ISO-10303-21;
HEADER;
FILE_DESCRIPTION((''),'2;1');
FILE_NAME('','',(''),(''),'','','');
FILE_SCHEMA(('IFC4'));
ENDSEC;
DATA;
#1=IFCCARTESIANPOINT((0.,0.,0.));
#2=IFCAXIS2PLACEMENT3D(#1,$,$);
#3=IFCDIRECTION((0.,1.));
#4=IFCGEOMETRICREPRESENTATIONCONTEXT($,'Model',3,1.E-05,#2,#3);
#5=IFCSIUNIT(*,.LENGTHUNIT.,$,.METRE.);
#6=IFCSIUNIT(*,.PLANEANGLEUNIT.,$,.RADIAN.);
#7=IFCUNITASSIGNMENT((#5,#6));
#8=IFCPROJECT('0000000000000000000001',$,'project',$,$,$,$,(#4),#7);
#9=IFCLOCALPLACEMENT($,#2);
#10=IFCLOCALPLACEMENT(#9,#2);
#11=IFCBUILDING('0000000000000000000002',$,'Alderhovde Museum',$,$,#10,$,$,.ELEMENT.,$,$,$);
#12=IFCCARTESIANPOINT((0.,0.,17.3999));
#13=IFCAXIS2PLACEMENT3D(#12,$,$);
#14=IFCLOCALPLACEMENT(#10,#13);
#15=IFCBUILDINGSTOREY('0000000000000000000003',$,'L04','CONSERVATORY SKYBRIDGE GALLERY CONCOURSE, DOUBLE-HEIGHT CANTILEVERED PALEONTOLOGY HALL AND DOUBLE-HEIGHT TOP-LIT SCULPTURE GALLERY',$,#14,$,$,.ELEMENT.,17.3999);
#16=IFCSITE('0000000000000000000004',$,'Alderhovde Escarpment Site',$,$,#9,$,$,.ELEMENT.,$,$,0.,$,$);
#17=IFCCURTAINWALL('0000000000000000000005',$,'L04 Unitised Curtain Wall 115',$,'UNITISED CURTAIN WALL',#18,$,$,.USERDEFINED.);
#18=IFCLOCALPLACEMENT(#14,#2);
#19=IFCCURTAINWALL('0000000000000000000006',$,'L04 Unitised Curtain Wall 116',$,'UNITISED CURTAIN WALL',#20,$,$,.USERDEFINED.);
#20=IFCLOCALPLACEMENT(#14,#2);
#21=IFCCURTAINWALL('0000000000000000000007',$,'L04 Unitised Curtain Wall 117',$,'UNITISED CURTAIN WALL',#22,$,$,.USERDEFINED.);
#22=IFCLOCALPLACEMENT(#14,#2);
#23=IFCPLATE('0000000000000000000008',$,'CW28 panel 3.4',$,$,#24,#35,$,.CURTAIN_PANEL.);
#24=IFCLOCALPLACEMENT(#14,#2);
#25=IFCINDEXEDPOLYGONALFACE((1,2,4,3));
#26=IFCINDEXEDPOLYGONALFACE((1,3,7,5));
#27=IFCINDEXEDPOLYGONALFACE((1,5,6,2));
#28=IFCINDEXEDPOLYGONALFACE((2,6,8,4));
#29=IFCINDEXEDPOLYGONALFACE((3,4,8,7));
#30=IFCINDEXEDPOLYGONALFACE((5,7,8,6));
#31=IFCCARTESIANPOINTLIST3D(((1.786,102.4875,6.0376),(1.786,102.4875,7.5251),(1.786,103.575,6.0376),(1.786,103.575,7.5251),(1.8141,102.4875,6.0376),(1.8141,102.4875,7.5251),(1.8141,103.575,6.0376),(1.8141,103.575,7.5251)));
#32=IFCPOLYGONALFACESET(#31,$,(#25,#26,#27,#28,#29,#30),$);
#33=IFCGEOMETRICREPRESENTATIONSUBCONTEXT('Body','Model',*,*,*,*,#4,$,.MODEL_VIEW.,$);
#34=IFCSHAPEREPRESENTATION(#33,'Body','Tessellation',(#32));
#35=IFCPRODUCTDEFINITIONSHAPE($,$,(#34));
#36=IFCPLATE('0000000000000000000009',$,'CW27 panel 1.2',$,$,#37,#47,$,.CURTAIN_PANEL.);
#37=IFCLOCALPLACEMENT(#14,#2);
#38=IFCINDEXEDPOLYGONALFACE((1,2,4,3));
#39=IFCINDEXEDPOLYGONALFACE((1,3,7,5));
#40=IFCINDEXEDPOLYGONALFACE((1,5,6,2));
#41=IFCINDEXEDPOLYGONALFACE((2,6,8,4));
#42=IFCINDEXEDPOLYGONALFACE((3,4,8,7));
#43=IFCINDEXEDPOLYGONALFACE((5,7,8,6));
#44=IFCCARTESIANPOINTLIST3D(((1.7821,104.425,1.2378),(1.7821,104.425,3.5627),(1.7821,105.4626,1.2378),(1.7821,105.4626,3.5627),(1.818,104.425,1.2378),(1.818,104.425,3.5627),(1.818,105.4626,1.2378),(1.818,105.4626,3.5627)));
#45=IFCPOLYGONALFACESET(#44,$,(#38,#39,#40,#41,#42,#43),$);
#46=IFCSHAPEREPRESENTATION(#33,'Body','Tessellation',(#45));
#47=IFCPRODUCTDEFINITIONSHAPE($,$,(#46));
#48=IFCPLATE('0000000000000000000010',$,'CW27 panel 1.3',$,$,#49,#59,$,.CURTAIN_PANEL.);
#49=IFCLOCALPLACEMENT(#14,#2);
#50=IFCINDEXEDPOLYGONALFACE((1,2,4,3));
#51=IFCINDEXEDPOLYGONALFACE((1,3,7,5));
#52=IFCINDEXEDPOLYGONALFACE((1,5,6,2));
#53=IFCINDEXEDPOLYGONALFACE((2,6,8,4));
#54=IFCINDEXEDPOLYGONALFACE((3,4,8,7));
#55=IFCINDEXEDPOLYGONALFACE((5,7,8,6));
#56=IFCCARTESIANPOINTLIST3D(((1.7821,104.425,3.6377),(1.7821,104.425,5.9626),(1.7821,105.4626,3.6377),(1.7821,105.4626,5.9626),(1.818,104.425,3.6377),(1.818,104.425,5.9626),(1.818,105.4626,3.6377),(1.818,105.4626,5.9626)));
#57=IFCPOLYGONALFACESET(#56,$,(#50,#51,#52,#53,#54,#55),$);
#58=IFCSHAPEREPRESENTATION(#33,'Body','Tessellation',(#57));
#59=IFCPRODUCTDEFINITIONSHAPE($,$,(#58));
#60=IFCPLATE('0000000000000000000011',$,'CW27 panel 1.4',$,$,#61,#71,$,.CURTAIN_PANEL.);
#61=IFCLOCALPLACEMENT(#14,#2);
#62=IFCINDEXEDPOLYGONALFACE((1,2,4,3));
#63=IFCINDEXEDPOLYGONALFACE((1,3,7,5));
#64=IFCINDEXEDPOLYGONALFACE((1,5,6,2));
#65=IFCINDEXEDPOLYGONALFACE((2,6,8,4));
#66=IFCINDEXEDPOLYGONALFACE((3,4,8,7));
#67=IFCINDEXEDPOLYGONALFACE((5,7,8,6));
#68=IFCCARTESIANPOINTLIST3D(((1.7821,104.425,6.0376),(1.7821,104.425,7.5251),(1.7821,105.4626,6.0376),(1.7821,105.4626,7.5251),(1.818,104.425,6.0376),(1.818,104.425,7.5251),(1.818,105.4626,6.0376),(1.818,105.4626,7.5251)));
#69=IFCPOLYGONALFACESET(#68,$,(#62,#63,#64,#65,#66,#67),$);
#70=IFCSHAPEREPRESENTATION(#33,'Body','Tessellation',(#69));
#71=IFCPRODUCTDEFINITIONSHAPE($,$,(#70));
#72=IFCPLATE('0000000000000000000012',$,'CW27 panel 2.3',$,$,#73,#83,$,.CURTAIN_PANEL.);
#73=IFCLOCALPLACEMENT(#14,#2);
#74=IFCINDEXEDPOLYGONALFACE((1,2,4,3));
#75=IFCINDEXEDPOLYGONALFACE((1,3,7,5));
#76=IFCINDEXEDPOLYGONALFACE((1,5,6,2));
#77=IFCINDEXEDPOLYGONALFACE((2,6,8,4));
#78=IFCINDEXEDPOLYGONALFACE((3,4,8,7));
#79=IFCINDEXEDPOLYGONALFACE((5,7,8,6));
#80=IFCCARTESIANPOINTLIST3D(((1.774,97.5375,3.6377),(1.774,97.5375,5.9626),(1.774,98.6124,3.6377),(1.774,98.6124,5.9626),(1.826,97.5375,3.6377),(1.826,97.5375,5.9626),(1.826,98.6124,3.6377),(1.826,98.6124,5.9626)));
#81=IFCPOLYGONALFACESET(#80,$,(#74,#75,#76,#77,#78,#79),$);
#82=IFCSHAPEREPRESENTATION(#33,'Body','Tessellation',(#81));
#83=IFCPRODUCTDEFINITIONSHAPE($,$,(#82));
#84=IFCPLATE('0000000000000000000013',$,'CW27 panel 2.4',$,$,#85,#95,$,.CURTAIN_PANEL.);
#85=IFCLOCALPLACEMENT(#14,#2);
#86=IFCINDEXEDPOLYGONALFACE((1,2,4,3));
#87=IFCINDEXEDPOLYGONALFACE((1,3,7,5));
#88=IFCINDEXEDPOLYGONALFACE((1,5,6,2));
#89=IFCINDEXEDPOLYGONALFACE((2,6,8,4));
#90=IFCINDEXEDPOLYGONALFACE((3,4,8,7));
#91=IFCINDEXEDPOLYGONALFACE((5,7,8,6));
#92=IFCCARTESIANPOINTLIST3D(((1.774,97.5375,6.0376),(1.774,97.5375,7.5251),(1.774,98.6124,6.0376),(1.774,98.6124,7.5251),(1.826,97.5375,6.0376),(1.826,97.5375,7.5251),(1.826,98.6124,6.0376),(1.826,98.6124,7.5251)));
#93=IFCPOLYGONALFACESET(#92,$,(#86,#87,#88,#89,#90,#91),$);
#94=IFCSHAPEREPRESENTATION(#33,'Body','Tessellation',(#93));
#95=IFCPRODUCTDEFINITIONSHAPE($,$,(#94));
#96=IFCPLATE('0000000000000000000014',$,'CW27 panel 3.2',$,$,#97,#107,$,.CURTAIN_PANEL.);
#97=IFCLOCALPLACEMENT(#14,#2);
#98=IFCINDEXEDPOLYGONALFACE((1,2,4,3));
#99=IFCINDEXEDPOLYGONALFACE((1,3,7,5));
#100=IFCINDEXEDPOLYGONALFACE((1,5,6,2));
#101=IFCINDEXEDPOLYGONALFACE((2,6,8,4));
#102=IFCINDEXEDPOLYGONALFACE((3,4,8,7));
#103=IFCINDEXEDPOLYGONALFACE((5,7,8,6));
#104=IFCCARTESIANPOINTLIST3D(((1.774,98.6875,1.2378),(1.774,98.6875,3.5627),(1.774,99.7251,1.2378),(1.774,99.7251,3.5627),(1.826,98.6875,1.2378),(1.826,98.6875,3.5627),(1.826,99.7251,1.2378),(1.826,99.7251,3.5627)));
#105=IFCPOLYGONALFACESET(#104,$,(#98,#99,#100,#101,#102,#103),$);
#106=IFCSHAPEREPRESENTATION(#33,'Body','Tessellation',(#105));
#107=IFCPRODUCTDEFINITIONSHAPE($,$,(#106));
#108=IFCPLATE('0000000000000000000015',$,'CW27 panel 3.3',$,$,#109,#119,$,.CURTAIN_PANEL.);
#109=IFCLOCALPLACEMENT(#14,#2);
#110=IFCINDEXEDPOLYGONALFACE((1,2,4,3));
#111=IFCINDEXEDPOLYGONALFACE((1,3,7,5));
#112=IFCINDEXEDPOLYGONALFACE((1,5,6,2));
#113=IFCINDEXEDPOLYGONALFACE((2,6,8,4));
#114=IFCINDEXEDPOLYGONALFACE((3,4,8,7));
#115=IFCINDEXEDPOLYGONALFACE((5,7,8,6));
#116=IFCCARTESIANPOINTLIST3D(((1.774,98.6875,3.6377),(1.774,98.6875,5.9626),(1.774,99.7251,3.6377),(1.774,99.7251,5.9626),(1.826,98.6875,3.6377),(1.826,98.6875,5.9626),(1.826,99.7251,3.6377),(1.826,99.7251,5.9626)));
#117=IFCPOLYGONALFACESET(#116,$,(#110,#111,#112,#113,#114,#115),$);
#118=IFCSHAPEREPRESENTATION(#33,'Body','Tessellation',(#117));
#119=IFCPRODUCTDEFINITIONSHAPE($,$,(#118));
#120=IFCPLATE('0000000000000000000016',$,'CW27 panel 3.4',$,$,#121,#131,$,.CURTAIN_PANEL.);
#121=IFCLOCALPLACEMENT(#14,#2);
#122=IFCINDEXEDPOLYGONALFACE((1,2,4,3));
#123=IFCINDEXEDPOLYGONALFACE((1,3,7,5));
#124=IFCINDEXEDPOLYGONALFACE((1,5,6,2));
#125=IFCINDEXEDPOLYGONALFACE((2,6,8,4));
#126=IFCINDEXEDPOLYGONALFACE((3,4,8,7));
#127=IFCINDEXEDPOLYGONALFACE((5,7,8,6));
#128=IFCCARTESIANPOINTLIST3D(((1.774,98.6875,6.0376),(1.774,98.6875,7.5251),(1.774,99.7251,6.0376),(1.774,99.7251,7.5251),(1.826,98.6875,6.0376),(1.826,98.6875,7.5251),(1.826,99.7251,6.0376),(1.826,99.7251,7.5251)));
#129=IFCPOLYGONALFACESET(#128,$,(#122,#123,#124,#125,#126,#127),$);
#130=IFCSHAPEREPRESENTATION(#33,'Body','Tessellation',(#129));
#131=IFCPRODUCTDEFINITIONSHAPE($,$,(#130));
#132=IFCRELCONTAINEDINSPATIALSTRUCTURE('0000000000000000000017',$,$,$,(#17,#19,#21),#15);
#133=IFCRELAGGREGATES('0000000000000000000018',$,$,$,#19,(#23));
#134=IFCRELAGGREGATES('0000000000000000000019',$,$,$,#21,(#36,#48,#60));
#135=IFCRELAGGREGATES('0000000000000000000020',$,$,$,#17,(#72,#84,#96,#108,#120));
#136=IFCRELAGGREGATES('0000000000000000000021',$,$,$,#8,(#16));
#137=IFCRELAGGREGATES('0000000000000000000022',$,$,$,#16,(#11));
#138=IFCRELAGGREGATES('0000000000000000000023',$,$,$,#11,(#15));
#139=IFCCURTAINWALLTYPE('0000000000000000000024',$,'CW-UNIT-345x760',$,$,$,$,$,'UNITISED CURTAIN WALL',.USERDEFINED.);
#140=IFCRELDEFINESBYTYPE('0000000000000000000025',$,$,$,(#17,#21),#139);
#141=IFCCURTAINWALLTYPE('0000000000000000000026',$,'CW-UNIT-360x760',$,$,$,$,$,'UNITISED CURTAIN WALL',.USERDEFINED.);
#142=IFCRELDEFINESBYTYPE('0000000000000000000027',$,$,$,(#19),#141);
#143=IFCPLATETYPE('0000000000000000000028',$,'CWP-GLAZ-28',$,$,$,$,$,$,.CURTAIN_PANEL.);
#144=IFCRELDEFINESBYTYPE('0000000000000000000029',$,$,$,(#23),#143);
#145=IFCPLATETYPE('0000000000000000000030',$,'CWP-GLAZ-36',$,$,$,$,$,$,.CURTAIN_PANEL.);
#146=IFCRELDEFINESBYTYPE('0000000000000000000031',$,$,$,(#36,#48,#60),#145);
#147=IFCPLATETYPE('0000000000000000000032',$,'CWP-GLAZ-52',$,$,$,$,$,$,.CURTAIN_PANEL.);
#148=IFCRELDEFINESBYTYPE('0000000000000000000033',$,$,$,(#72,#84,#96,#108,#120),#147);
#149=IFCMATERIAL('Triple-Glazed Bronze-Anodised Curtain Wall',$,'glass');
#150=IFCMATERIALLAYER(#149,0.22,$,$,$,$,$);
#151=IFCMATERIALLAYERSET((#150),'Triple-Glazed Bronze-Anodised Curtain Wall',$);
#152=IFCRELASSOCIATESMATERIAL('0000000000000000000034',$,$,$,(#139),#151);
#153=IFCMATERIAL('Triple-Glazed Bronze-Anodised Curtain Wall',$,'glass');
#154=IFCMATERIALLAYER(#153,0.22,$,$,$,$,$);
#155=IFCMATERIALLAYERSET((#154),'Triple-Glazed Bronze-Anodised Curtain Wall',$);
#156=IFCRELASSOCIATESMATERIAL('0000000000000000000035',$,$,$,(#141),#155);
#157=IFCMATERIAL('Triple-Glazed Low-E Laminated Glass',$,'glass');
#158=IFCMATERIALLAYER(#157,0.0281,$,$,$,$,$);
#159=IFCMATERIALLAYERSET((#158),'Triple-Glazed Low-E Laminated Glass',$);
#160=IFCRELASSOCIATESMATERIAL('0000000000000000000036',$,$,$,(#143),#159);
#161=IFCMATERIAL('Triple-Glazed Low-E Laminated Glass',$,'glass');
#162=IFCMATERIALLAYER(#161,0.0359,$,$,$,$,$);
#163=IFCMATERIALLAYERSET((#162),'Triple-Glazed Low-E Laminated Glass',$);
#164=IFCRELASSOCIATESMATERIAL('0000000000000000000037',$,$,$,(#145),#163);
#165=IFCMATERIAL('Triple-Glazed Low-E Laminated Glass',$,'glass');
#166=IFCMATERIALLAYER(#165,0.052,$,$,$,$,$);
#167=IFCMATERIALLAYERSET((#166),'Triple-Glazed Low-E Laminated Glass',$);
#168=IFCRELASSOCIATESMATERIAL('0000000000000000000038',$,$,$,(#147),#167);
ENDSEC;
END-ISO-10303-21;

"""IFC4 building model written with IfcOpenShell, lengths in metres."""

from ifc_helpers import new_model, si_unit, direction, frame, origin, origin_2d, place, context, subcontext, project, spatial, rectangle, extrude, material, layer, layer_set, type_object, element, aggregate, save


model = new_model("IFC4")

# Units and contexts
model_context = context("Model", 3, precision=1e-05, world=origin(), true_north=direction((0.0, 1.0)))
body_context = subcontext(model_context, "Body", "Model", "MODEL_VIEW")
ifc_project = project(units=[si_unit("LENGTHUNIT", "METRE"), si_unit("PLANEANGLEUNIT", "RADIAN")], contexts=[model_context])

# Site, building, storey
site_placement = place(None, origin())
site = spatial("IfcSite", under=ifc_project, at=site_placement, Name="Alderhovde Escarpment Site", CompositionType="ELEMENT", RefElevation=0.0)
building_placement = place(site_placement, origin())
building = spatial("IfcBuilding", under=site, at=building_placement, Name="Alderhovde Museum", CompositionType="ELEMENT")
storey_placement = place(building_placement, frame((0.0, 0.0, 17.3999)))
storey = spatial("IfcBuildingStorey", under=building, at=storey_placement, Name="L04", Description="CONSERVATORY SKYBRIDGE GALLERY CONCOURSE, DOUBLE-HEIGHT CANTILEVERED PALEONTOLOGY HALL AND DOUBLE-HEIGHT TOP-LIT SCULPTURE GALLERY", CompositionType="ELEMENT", Elevation=17.3999)

# Curtain walls
ifc_material_1 = material(Name="Triple-Glazed Bronze-Anodised Curtain Wall", Category="glass")
ifc_layer_1 = layer(ifc_material_1, 0.22)
ifc_layer_set_1 = layer_set([ifc_layer_1], Name="Triple-Glazed Bronze-Anodised Curtain Wall")
curtain_wall_type_1 = type_object("IfcCurtainWallType", Name="CW-UNIT-345x760", ElementType="UNITISED CURTAIN WALL", PredefinedType="USERDEFINED", material=ifc_layer_set_1)
curtain_wall_1_placement = place(storey_placement, origin())
curtain_wall_1 = element("IfcCurtainWall", 1, at=curtain_wall_1_placement, inside=storey, type_object=curtain_wall_type_1, Name="L04 Unitised Curtain Wall 115", ObjectType="UNITISED CURTAIN WALL", PredefinedType="USERDEFINED")
ifc_material_2 = material(Name="Triple-Glazed Bronze-Anodised Curtain Wall", Category="glass")
ifc_layer_2 = layer(ifc_material_2, 0.22)
ifc_layer_set_2 = layer_set([ifc_layer_2], Name="Triple-Glazed Bronze-Anodised Curtain Wall")
curtain_wall_type_2 = type_object("IfcCurtainWallType", Name="CW-UNIT-360x760", ElementType="UNITISED CURTAIN WALL", PredefinedType="USERDEFINED", material=ifc_layer_set_2)
curtain_wall_2_placement = place(storey_placement, origin())
curtain_wall_2 = element("IfcCurtainWall", 2, at=curtain_wall_2_placement, inside=storey, type_object=curtain_wall_type_2, Name="L04 Unitised Curtain Wall 116", ObjectType="UNITISED CURTAIN WALL", PredefinedType="USERDEFINED")
curtain_wall_3_placement = place(storey_placement, origin())
curtain_wall_3 = element("IfcCurtainWall", 3, at=curtain_wall_3_placement, inside=storey, type_object=curtain_wall_type_1, Name="L04 Unitised Curtain Wall 117", ObjectType="UNITISED CURTAIN WALL", PredefinedType="USERDEFINED")

# Plates
ifc_material_3 = material(Name="Triple-Glazed Low-E Laminated Glass", Category="glass")
ifc_layer_3 = layer(ifc_material_3, 0.0281)
ifc_layer_set_3 = layer_set([ifc_layer_3], Name="Triple-Glazed Low-E Laminated Glass")
plate_type_1 = type_object("IfcPlateType", Name="CWP-GLAZ-28", PredefinedType="CURTAIN_PANEL", material=ifc_layer_set_3)
plate_1_placement = place(storey_placement, frame((1.8, 103.0312, 6.0376), z_axis=(0.0, 0.0, 1.0), x_axis=(0.0, 1.0, 0.0)))
plate_1 = element("IfcPlate", 4, at=plate_1_placement, type_object=plate_type_1, Name="CW28 panel 3.4", PredefinedType="CURTAIN_PANEL", context=body_context, shape_type="SweptSolid", body=[
    extrude(rectangle(XDim=1.0874, YDim=0.0281, at=origin_2d()), origin(), (0.0, 0.0, 1.0), 1.4875),
])
aggregate(curtain_wall_2, [plate_1])
ifc_material_4 = material(Name="Triple-Glazed Low-E Laminated Glass", Category="glass")
ifc_layer_4 = layer(ifc_material_4, 0.0359)
ifc_layer_set_4 = layer_set([ifc_layer_4], Name="Triple-Glazed Low-E Laminated Glass")
plate_type_2 = type_object("IfcPlateType", Name="CWP-GLAZ-36", PredefinedType="CURTAIN_PANEL", material=ifc_layer_set_4)
plate_2_placement = place(storey_placement, frame((1.8, 104.9438, 1.2378), z_axis=(0.0, 0.0, 1.0), x_axis=(0.0, 1.0, 0.0)))
plate_2 = element("IfcPlate", 5, at=plate_2_placement, type_object=plate_type_2, Name="CW27 panel 1.2", PredefinedType="CURTAIN_PANEL", context=body_context, shape_type="SweptSolid", body=[
    extrude(rectangle(XDim=1.0376, YDim=0.0359, at=origin_2d()), origin(), (0.0, 0.0, 1.0), 2.325),
])
plate_3_placement = place(storey_placement, frame((1.8, 104.9438, 3.6377), z_axis=(0.0, 0.0, 1.0), x_axis=(0.0, 1.0, 0.0)))
plate_3 = element("IfcPlate", 6, at=plate_3_placement, type_object=plate_type_2, Name="CW27 panel 1.3", PredefinedType="CURTAIN_PANEL", context=body_context, shape_type="SweptSolid", body=[
    extrude(rectangle(XDim=1.0376, YDim=0.0359, at=origin_2d()), origin(), (0.0, 0.0, 1.0), 2.325),
])
plate_4_placement = place(storey_placement, frame((1.8, 104.9438, 6.0376), z_axis=(0.0, 0.0, 1.0), x_axis=(0.0, 1.0, 0.0)))
plate_4 = element("IfcPlate", 7, at=plate_4_placement, type_object=plate_type_2, Name="CW27 panel 1.4", PredefinedType="CURTAIN_PANEL", context=body_context, shape_type="SweptSolid", body=[
    extrude(rectangle(XDim=1.0376, YDim=0.0359, at=origin_2d()), origin(), (0.0, 0.0, 1.0), 1.4875),
])
aggregate(curtain_wall_3, [plate_2, plate_3, plate_4])
ifc_material_5 = material(Name="Triple-Glazed Low-E Laminated Glass", Category="glass")
ifc_layer_5 = layer(ifc_material_5, 0.052)
ifc_layer_set_5 = layer_set([ifc_layer_5], Name="Triple-Glazed Low-E Laminated Glass")
plate_type_3 = type_object("IfcPlateType", Name="CWP-GLAZ-52", PredefinedType="CURTAIN_PANEL", material=ifc_layer_set_5)
plate_5_placement = place(storey_placement, frame((1.8, 98.075, 3.6377), z_axis=(0.0, 0.0, 1.0), x_axis=(0.0, 1.0, 0.0)))
plate_5 = element("IfcPlate", 8, at=plate_5_placement, type_object=plate_type_3, Name="CW27 panel 2.3", PredefinedType="CURTAIN_PANEL", context=body_context, shape_type="SweptSolid", body=[
    extrude(rectangle(XDim=1.075, YDim=0.052, at=origin_2d()), origin(), (0.0, 0.0, 1.0), 2.325),
])
plate_6_placement = place(storey_placement, frame((1.8, 98.075, 6.0376), z_axis=(0.0, 0.0, 1.0), x_axis=(0.0, 1.0, 0.0)))
plate_6 = element("IfcPlate", 9, at=plate_6_placement, type_object=plate_type_3, Name="CW27 panel 2.4", PredefinedType="CURTAIN_PANEL", context=body_context, shape_type="SweptSolid", body=[
    extrude(rectangle(XDim=1.075, YDim=0.052, at=origin_2d()), origin(), (0.0, 0.0, 1.0), 1.4875),
])
plate_7_placement = place(storey_placement, frame((1.8, 99.2063, 1.2378), z_axis=(0.0, 0.0, 1.0), x_axis=(0.0, 1.0, 0.0)))
plate_7 = element("IfcPlate", 10, at=plate_7_placement, type_object=plate_type_3, Name="CW27 panel 3.2", PredefinedType="CURTAIN_PANEL", context=body_context, shape_type="SweptSolid", body=[
    extrude(rectangle(XDim=1.0376, YDim=0.052, at=origin_2d()), origin(), (0.0, 0.0, 1.0), 2.325),
])
plate_8_placement = place(storey_placement, frame((1.8, 99.2063, 3.6377), z_axis=(0.0, 0.0, 1.0), x_axis=(0.0, 1.0, 0.0)))
plate_8 = element("IfcPlate", 11, at=plate_8_placement, type_object=plate_type_3, Name="CW27 panel 3.3", PredefinedType="CURTAIN_PANEL", context=body_context, shape_type="SweptSolid", body=[
    extrude(rectangle(XDim=1.0376, YDim=0.052, at=origin_2d()), origin(), (0.0, 0.0, 1.0), 2.325),
])
plate_9_placement = place(storey_placement, frame((1.8, 99.2063, 6.0376), z_axis=(0.0, 0.0, 1.0), x_axis=(0.0, 1.0, 0.0)))
plate_9 = element("IfcPlate", 12, at=plate_9_placement, type_object=plate_type_3, Name="CW27 panel 3.4", PredefinedType="CURTAIN_PANEL", context=body_context, shape_type="SweptSolid", body=[
    extrude(rectangle(XDim=1.0376, YDim=0.052, at=origin_2d()), origin(), (0.0, 0.0, 1.0), 1.4875),
])
aggregate(curtain_wall_1, [plate_5, plate_6, plate_7, plate_8, plate_9])

save(model, "model.ifc")
